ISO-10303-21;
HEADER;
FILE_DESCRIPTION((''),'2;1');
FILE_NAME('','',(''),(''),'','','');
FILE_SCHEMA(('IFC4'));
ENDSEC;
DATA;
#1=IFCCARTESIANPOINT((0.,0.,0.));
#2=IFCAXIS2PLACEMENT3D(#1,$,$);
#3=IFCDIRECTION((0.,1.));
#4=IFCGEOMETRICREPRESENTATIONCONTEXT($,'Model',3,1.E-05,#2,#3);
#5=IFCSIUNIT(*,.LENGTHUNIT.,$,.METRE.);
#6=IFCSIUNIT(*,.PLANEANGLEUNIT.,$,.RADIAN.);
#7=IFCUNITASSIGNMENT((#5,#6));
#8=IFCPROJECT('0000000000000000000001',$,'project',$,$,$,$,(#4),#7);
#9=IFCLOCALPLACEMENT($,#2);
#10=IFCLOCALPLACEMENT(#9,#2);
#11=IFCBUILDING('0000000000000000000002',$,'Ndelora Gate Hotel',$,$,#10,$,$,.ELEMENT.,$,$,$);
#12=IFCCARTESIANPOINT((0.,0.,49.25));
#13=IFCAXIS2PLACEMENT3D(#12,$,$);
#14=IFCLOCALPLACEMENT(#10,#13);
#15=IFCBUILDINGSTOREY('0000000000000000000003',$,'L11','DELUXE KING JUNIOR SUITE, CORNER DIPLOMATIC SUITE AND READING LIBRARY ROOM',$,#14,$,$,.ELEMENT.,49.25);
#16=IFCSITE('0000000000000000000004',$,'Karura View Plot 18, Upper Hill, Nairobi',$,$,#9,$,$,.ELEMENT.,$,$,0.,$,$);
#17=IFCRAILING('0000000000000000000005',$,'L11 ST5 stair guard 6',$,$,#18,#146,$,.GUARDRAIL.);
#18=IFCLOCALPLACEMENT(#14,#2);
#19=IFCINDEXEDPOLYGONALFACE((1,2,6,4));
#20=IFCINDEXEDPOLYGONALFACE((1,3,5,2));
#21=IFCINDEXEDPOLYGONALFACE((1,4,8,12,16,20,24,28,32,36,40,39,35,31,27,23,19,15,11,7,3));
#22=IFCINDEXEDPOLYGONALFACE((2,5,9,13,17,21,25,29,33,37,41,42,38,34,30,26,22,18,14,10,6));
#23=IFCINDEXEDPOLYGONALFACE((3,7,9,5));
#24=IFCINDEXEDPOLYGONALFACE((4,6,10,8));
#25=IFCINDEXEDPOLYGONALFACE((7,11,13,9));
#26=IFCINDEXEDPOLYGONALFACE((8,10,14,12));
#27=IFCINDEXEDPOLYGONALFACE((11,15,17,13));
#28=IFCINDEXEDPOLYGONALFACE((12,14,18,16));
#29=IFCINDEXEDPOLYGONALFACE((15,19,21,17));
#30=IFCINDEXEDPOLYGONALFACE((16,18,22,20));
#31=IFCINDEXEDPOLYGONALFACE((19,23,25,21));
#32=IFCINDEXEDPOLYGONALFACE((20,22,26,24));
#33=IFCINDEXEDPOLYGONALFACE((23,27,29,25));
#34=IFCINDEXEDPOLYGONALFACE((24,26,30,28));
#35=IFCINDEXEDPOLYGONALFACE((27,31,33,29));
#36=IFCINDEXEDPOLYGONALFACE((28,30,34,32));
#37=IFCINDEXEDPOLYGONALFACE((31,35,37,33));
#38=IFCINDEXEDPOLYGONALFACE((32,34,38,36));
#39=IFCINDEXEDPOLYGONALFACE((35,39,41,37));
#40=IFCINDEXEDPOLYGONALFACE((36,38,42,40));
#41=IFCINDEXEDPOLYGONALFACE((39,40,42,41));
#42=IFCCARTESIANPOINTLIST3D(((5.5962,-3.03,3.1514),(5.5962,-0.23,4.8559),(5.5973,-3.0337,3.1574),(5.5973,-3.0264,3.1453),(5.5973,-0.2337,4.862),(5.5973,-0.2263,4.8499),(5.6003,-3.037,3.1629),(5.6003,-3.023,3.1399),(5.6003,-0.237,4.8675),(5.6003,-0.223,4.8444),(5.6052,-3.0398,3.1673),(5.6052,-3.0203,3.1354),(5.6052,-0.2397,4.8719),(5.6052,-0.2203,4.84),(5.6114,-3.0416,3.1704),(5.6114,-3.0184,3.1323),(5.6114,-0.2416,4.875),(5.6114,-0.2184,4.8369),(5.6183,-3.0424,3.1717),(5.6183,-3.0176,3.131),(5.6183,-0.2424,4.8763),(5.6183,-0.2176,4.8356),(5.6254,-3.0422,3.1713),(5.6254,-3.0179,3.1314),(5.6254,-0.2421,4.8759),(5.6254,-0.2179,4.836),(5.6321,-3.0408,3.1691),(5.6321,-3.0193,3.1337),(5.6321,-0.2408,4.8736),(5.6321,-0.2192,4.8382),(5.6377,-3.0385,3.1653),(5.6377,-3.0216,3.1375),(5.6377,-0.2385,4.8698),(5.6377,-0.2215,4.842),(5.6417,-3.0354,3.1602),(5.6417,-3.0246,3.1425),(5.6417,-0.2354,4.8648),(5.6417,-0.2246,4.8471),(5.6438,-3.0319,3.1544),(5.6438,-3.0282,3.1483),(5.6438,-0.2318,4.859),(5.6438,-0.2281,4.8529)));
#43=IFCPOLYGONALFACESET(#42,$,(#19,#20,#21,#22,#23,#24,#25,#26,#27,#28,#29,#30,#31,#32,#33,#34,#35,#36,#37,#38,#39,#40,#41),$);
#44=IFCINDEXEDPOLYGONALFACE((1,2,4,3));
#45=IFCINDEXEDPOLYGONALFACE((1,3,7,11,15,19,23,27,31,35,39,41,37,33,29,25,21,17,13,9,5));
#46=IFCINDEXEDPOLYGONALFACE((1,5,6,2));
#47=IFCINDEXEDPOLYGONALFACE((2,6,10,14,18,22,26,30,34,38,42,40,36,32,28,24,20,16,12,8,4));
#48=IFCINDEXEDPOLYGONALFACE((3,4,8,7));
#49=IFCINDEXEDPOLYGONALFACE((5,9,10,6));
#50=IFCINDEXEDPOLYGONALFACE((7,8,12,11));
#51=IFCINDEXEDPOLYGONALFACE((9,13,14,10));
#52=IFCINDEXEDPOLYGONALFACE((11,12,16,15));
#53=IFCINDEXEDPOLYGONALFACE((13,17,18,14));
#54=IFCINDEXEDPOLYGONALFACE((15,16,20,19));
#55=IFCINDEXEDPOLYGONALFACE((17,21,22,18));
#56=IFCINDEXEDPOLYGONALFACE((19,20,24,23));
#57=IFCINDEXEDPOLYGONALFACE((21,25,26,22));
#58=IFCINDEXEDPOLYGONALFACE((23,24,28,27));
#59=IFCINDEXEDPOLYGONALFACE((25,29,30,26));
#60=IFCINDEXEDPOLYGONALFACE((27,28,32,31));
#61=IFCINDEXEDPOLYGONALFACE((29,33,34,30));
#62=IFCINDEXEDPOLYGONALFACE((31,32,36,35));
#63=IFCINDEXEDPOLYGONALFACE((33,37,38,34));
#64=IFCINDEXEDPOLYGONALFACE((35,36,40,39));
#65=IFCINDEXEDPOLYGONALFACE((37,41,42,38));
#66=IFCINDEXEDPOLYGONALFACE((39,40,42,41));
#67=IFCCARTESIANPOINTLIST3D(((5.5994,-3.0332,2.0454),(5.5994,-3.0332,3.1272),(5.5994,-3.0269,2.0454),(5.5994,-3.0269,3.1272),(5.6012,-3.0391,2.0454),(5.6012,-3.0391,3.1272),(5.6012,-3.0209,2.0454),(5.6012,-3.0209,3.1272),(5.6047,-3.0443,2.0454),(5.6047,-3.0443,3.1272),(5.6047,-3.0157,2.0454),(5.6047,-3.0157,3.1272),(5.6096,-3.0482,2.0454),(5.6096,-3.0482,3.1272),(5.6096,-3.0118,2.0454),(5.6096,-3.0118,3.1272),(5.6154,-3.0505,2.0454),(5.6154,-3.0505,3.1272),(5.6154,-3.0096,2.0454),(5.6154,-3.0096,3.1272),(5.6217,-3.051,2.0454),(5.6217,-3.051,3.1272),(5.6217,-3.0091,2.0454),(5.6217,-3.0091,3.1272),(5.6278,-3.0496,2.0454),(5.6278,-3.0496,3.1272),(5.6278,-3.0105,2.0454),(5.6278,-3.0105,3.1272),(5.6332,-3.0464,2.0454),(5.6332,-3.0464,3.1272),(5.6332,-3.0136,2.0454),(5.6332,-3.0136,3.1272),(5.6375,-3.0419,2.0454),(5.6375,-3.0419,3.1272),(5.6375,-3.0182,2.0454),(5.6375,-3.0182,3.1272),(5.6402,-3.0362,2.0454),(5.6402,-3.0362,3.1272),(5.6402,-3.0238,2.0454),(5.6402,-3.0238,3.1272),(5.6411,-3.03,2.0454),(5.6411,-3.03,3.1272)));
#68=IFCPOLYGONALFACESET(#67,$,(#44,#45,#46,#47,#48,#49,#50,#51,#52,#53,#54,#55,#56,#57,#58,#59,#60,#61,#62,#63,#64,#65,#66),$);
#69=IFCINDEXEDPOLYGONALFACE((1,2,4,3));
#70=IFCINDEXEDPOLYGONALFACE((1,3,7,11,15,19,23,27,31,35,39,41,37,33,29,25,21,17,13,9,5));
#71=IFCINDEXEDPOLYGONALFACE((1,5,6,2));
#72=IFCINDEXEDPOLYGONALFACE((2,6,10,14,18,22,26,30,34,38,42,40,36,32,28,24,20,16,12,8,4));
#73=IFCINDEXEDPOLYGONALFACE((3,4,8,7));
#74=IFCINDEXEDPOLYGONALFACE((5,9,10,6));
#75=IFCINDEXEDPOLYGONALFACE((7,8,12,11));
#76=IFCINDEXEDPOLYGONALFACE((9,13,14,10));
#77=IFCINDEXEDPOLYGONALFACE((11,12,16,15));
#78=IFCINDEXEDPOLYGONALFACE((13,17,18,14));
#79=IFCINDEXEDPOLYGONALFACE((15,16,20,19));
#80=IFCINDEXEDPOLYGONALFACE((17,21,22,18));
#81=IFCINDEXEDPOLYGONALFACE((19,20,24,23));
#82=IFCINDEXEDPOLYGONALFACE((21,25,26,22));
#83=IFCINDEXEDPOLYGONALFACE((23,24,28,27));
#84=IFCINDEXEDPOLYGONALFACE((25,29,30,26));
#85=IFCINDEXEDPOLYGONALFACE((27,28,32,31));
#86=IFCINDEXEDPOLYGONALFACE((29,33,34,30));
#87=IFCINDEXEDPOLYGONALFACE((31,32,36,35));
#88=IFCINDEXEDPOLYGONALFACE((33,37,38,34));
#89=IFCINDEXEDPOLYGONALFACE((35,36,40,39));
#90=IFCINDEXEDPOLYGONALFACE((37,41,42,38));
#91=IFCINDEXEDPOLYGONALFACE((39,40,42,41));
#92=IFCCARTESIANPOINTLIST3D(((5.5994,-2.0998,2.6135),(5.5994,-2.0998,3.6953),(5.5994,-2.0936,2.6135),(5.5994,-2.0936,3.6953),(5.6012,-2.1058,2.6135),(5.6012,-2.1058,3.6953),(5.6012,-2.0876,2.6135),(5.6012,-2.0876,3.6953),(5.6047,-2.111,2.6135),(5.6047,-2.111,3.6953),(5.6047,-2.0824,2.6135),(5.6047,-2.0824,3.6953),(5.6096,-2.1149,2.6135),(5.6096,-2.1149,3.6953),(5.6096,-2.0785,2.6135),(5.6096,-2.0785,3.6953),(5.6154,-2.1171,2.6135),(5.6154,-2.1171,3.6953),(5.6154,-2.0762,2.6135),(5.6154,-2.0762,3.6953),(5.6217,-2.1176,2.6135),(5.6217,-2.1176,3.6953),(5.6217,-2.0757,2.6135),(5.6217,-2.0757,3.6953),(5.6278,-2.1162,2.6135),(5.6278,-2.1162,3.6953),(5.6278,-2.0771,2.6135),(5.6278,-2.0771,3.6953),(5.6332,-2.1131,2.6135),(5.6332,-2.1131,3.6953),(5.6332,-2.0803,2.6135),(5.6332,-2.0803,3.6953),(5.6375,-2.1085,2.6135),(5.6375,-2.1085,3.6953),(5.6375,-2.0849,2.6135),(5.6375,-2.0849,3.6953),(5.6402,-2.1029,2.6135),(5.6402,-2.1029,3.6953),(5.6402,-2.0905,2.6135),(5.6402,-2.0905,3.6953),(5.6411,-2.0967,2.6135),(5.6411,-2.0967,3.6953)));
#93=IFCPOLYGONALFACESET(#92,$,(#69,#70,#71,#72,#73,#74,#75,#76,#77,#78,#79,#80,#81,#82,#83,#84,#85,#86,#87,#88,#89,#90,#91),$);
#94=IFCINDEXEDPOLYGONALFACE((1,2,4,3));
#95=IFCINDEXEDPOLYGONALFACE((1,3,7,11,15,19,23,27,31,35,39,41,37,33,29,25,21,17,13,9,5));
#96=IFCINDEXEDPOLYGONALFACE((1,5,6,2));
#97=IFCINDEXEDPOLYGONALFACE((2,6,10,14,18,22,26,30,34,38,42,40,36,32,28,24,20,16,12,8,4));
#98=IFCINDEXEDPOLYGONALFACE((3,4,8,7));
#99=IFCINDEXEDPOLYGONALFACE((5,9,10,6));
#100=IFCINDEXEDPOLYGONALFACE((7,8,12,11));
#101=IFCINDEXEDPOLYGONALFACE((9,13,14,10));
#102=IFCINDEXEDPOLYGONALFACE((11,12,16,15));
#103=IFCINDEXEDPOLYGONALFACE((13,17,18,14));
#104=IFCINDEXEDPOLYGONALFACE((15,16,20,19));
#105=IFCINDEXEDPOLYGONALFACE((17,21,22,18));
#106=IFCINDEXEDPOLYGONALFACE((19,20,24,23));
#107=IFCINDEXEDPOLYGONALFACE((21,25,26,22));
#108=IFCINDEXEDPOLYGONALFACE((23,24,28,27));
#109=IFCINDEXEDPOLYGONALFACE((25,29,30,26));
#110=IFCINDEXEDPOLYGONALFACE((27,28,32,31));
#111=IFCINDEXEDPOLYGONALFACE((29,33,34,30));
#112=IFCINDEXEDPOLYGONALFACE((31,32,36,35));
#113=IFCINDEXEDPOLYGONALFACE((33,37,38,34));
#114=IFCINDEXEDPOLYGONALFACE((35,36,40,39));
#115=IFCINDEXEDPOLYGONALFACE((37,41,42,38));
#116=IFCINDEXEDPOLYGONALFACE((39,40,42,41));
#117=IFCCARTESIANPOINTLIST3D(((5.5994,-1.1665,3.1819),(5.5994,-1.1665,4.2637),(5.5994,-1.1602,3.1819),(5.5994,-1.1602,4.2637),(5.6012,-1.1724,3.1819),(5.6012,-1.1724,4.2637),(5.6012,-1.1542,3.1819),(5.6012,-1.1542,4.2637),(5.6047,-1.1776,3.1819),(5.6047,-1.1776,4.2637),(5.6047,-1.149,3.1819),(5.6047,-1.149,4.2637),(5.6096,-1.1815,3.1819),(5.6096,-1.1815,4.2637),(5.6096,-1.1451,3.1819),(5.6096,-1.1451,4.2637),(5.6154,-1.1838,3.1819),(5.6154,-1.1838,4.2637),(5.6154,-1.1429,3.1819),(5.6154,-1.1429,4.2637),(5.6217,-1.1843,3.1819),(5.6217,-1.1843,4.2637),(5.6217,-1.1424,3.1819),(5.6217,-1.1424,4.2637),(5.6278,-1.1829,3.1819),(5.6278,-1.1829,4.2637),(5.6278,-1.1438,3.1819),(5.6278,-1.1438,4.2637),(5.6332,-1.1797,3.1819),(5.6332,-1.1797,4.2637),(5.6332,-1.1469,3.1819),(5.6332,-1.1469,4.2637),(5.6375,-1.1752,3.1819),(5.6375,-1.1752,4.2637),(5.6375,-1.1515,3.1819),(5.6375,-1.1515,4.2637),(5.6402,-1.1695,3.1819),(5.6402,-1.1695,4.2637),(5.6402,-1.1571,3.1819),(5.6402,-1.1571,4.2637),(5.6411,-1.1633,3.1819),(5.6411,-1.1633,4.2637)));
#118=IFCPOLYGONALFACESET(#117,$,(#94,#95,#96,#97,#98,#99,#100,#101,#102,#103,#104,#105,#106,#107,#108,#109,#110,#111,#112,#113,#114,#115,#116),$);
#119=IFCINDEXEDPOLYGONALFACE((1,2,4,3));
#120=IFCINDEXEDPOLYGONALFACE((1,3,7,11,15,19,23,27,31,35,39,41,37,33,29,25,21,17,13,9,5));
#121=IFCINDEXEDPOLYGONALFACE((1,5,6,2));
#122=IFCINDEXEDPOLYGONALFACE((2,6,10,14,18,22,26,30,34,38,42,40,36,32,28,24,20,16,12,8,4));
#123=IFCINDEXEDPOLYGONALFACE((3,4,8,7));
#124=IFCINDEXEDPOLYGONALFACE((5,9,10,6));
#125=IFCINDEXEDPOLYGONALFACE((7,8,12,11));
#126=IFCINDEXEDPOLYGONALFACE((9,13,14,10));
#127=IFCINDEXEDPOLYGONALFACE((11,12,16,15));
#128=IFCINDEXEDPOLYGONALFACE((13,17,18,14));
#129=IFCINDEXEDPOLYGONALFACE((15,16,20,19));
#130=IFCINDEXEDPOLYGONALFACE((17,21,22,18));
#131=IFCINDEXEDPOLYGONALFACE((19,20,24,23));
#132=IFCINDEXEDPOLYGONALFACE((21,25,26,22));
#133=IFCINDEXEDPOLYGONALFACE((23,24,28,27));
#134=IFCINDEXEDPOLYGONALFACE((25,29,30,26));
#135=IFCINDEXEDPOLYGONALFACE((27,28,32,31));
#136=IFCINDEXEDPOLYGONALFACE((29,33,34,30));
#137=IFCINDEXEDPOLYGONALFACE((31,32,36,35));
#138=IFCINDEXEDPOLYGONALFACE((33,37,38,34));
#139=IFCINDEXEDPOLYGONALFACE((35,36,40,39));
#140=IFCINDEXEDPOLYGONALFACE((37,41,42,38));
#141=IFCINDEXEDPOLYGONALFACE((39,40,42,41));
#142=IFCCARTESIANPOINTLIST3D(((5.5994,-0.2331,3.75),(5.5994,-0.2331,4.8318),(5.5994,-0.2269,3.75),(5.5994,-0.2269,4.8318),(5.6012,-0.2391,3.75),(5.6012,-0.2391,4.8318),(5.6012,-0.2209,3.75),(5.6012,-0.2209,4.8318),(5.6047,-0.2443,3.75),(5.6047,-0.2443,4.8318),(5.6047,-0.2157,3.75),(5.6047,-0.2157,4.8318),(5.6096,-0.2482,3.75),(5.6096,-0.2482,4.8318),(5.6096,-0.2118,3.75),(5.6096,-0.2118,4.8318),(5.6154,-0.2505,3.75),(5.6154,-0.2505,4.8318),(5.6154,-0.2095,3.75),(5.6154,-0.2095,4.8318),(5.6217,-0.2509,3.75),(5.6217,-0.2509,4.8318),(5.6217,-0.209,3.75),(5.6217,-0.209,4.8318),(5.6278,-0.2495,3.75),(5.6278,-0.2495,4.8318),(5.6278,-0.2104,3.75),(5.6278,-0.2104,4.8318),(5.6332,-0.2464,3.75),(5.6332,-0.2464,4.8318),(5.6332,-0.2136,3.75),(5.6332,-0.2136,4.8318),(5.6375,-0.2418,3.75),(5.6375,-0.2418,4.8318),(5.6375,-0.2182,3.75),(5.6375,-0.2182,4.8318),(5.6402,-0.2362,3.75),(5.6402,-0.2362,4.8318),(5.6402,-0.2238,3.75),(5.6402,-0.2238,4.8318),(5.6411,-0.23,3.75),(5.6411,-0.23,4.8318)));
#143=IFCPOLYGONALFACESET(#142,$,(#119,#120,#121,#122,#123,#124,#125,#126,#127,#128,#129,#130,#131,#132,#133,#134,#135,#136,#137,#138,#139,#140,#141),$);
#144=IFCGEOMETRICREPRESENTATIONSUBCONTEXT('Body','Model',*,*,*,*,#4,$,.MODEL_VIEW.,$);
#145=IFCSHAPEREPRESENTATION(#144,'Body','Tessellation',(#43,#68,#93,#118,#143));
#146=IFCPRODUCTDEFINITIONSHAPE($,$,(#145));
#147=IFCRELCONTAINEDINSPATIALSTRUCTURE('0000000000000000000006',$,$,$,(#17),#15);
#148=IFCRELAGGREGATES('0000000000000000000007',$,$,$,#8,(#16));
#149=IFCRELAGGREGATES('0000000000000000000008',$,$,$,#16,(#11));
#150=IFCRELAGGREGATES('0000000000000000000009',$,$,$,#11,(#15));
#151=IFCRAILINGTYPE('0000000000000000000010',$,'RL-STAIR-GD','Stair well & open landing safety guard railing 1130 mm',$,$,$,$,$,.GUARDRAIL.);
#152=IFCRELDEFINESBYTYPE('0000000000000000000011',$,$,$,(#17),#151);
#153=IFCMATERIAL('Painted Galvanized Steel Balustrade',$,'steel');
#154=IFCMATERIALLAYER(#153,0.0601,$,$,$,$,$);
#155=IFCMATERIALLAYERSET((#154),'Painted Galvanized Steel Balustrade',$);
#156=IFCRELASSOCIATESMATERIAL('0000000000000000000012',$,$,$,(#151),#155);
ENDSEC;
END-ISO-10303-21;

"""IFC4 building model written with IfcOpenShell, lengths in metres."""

from ifc_helpers import new_model, si_unit, direction, frame, origin, origin_2d, place, context, subcontext, project, spatial, circle, extrude, material, layer, layer_set, type_object, element, save


model = new_model("IFC4")

# Units and contexts
model_context = context("Model", 3, precision=1e-05, world=origin(), true_north=direction((0.0, 1.0)))
body_context = subcontext(model_context, "Body", "Model", "MODEL_VIEW")
ifc_project = project(units=[si_unit("LENGTHUNIT", "METRE"), si_unit("PLANEANGLEUNIT", "RADIAN")], contexts=[model_context])

# Site, building, storey
site_placement = place(None, origin())
site = spatial("IfcSite", under=ifc_project, at=site_placement, Name="Karura View Plot 18, Upper Hill, Nairobi", CompositionType="ELEMENT", RefElevation=0.0)
building_placement = place(site_placement, origin())
building = spatial("IfcBuilding", under=site, at=building_placement, Name="Ndelora Gate Hotel", CompositionType="ELEMENT")
storey_placement = place(building_placement, frame((0.0, 0.0, 49.25)))
storey = spatial("IfcBuildingStorey", under=building, at=storey_placement, Name="L11", Description="DELUXE KING JUNIOR SUITE, CORNER DIPLOMATIC SUITE AND READING LIBRARY ROOM", CompositionType="ELEMENT", Elevation=49.25)

# Railing
ifc_material_1 = material(Name="Painted Galvanized Steel Balustrade", Category="steel")
ifc_layer_1 = layer(ifc_material_1, 0.0601)
ifc_layer_set_1 = layer_set([ifc_layer_1], Name="Painted Galvanized Steel Balustrade")
railing_type_1 = type_object("IfcRailingType", Name="RL-STAIR-GD", Description="Stair well & open landing safety guard railing 1130 mm", PredefinedType="GUARDRAIL", material=ifc_layer_set_1)
railing_1_placement = place(storey_placement, frame((5.6201, -3.03, 2.0454)))
element("IfcRailing", 1, at=railing_1_placement, inside=storey, type_object=railing_type_1, Name="L11 ST5 stair guard 6", PredefinedType="GUARDRAIL", context=body_context, shape_type="SweptSolid", body=[
    extrude(circle(Radius=0.0239, at=origin_2d()), frame((0.0, 0.0, 1.106), z_axis=(0.0, 0.85417, 0.519994), x_axis=(-1.0, 0.0, 0.0)), (0.0, 0.0, 1.0), 3.2781),
    extrude(circle(Radius=0.021, at=origin_2d()), origin(), (0.0, 0.0, 1.0), 1.0818),
    extrude(circle(Radius=0.021, at=origin_2d()), frame((0.0, 0.9333, 0.5681)), (0.0, 0.0, 1.0), 1.0818),
    extrude(circle(Radius=0.021, at=origin_2d()), frame((0.0, 1.8667, 1.1365)), (0.0, 0.0, 1.0), 1.0818),
    extrude(circle(Radius=0.021, at=origin_2d()), frame((0.0, 2.8, 1.7046)), (0.0, 0.0, 1.0), 1.0818),
])

save(model, "model.ifc")
